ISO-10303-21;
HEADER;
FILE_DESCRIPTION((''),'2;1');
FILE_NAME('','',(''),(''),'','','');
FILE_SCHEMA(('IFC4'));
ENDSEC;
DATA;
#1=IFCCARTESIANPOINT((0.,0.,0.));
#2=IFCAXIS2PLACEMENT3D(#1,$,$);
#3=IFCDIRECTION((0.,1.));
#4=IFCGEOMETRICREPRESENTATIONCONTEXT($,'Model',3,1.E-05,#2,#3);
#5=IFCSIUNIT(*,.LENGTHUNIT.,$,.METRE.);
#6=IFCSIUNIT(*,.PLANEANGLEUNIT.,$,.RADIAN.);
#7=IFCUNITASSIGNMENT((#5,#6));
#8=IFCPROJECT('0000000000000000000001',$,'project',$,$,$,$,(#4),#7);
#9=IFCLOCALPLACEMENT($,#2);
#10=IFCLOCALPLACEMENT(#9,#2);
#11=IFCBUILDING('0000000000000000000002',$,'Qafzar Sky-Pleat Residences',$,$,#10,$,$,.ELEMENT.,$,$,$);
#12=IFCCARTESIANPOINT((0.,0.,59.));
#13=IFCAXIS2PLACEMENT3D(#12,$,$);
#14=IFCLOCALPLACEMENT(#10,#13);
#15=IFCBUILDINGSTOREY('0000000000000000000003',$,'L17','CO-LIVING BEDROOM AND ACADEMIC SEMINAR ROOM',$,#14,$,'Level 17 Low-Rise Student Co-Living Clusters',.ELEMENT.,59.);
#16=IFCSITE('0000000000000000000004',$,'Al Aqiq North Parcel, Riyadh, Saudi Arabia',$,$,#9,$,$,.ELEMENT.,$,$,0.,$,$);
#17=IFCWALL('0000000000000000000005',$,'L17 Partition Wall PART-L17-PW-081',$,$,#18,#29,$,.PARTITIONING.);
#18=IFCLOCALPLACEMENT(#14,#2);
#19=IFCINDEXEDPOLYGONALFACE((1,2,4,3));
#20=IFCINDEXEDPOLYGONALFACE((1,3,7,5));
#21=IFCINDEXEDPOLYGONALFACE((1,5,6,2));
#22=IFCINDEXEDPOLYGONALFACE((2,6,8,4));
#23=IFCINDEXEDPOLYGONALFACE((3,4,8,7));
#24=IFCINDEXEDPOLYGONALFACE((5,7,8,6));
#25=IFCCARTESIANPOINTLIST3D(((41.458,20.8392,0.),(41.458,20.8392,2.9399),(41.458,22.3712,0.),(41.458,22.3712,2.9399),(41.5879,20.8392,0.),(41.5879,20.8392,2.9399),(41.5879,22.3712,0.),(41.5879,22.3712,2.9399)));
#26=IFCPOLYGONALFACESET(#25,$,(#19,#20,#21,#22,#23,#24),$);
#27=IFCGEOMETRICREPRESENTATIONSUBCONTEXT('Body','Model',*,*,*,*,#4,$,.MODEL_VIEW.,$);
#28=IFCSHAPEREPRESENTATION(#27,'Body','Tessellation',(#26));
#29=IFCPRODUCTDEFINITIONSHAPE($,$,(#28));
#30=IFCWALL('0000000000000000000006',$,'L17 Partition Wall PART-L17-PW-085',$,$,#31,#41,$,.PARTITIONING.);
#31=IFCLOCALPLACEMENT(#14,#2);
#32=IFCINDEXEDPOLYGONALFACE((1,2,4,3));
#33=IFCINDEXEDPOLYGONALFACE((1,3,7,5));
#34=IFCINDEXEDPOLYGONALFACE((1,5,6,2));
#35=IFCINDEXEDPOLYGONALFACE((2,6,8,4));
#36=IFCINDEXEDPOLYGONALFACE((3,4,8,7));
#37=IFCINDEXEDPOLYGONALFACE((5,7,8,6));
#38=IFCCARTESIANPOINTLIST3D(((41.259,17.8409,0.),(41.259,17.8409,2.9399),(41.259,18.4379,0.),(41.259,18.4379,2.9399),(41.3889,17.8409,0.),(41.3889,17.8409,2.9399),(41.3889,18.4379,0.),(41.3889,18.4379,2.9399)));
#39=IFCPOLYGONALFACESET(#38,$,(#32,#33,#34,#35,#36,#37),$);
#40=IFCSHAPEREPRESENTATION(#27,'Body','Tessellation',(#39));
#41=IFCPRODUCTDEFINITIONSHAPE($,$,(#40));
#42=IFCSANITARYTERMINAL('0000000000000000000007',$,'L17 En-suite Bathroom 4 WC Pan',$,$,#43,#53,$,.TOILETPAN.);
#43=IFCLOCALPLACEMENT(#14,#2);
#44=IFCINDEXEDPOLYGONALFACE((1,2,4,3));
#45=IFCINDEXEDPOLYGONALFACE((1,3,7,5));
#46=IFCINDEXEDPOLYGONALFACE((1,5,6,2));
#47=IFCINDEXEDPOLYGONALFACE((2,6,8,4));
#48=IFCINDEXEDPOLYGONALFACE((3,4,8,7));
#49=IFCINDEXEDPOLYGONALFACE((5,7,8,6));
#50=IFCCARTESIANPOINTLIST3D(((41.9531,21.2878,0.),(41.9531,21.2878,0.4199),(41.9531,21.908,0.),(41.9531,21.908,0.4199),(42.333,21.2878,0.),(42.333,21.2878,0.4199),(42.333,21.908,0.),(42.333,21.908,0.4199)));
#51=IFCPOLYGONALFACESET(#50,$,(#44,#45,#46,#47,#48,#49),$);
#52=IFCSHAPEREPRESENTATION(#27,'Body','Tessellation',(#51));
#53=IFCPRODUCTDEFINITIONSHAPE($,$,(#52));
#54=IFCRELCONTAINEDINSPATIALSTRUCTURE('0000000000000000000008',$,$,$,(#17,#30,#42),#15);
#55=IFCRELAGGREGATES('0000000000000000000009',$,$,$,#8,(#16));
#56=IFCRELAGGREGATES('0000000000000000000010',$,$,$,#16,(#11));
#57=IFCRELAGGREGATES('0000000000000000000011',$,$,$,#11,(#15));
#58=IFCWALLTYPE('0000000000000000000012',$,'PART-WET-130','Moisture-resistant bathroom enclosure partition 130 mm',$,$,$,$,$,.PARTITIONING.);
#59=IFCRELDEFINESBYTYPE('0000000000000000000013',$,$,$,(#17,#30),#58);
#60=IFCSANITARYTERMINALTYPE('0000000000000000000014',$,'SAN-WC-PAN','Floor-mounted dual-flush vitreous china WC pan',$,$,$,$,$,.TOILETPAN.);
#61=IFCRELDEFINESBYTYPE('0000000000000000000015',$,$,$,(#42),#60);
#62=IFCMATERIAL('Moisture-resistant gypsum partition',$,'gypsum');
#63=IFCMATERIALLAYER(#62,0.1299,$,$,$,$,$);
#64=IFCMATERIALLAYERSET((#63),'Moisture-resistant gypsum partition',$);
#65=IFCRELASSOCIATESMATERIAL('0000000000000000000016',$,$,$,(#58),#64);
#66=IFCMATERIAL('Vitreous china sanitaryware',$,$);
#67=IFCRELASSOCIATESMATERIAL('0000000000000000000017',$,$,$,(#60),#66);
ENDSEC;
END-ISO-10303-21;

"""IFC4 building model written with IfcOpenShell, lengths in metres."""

from ifc_helpers import new_model, si_unit, direction, frame, frame_2d, origin, origin_2d, place, context, subcontext, project, spatial, rectangle, extrude, source, transform, mapped, material, layer, layer_set, type_object, element, save


model = new_model("IFC4")

# Units and contexts
model_context = context("Model", 3, precision=1e-05, world=origin(), true_north=direction((0.0, 1.0)))
body_context = subcontext(model_context, "Body", "Model", "MODEL_VIEW")
ifc_project = project(units=[si_unit("LENGTHUNIT", "METRE"), si_unit("PLANEANGLEUNIT", "RADIAN")], contexts=[model_context])

# Site, building, storey
site_placement = place(None, origin())
site = spatial("IfcSite", under=ifc_project, at=site_placement, Name="Al Aqiq North Parcel, Riyadh, Saudi Arabia", CompositionType="ELEMENT", RefElevation=0.0)
building_placement = place(site_placement, origin())
building = spatial("IfcBuilding", under=site, at=building_placement, Name="Qafzar Sky-Pleat Residences", CompositionType="ELEMENT")
storey_placement = place(building_placement, frame((0.0, 0.0, 59.0)))
storey = spatial("IfcBuildingStorey", under=building, at=storey_placement, Name="L17", Description="CO-LIVING BEDROOM AND ACADEMIC SEMINAR ROOM", LongName="Level 17 Low-Rise Student Co-Living Clusters", CompositionType="ELEMENT", Elevation=59.0)

# Walls
ifc_material_1 = material(Name="Moisture-resistant gypsum partition", Category="gypsum")
ifc_layer_1 = layer(ifc_material_1, 0.1299)
ifc_layer_set_1 = layer_set([ifc_layer_1], Name="Moisture-resistant gypsum partition")
wall_type_1 = type_object("IfcWallType", Name="PART-WET-130", Description="Moisture-resistant bathroom enclosure partition 130 mm", PredefinedType="PARTITIONING", material=ifc_layer_set_1)
wall_1_placement = place(storey_placement, frame((41.5229, 20.8391, 0.0), z_axis=(0.0, 0.0, 1.0), x_axis=(0.0, 1.0, 0.0)))
element("IfcWall", 1, at=wall_1_placement, inside=storey, type_object=wall_type_1, Name="L17 Partition Wall PART-L17-PW-081", PredefinedType="PARTITIONING", context=body_context, shape_type="SweptSolid", body=[
    extrude(rectangle(XDim=1.532, YDim=0.1299, at=frame_2d((0.7661, 0.0))), origin(), (0.0, 0.0, 1.0), 2.9399),
])
wall_2_placement = place(storey_placement, frame((41.324, 17.8411, 0.0), z_axis=(0.0, 0.0, 1.0), x_axis=(0.0, 1.0, 0.0)))
element("IfcWall", 2, at=wall_2_placement, inside=storey, type_object=wall_type_1, Name="L17 Partition Wall PART-L17-PW-085", PredefinedType="PARTITIONING", context=body_context, shape_type="SweptSolid", body=[
    extrude(rectangle(XDim=0.5969, YDim=0.1299, at=frame_2d((0.2983, 0.0))), origin(), (0.0, 0.0, 1.0), 2.9399),
])

# Sanitary terminal
ifc_material_2 = material(Name="Vitreous china sanitaryware")
sanitary_terminal_type = type_object("IfcSanitaryTerminalType", Name="SAN-WC-PAN", Description="Floor-mounted dual-flush vitreous china WC pan", PredefinedType="TOILETPAN", material=ifc_material_2)
shared_shape_1 = source(origin(), body_context, "Body", "SweptSolid", [
    extrude(rectangle(XDim=0.3799, YDim=0.6201, at=origin_2d()), origin(), (0.0, 0.0, 1.0), 0.4199),
])
sanitary_terminal_placement = place(storey_placement, frame((42.1431, 21.5979, 0.0), z_axis=(0.0, 0.0, 1.0), x_axis=(1.0, 0.0, 0.0)))
element("IfcSanitaryTerminal", 3, at=sanitary_terminal_placement, inside=storey, type_object=sanitary_terminal_type, Name="L17 En-suite Bathroom 4 WC Pan", PredefinedType="TOILETPAN", context=body_context, shape_type="MappedRepresentation", body=[
    mapped(shared_shape_1, transform((0.0, 0.0, 0.0), x_axis=(1.0, 0.0, 0.0), y_axis=(0.0, 1.0, 0.0), z_axis=(0.0, 0.0, 1.0), scale=1.0)),
])

save(model, "model.ifc")
